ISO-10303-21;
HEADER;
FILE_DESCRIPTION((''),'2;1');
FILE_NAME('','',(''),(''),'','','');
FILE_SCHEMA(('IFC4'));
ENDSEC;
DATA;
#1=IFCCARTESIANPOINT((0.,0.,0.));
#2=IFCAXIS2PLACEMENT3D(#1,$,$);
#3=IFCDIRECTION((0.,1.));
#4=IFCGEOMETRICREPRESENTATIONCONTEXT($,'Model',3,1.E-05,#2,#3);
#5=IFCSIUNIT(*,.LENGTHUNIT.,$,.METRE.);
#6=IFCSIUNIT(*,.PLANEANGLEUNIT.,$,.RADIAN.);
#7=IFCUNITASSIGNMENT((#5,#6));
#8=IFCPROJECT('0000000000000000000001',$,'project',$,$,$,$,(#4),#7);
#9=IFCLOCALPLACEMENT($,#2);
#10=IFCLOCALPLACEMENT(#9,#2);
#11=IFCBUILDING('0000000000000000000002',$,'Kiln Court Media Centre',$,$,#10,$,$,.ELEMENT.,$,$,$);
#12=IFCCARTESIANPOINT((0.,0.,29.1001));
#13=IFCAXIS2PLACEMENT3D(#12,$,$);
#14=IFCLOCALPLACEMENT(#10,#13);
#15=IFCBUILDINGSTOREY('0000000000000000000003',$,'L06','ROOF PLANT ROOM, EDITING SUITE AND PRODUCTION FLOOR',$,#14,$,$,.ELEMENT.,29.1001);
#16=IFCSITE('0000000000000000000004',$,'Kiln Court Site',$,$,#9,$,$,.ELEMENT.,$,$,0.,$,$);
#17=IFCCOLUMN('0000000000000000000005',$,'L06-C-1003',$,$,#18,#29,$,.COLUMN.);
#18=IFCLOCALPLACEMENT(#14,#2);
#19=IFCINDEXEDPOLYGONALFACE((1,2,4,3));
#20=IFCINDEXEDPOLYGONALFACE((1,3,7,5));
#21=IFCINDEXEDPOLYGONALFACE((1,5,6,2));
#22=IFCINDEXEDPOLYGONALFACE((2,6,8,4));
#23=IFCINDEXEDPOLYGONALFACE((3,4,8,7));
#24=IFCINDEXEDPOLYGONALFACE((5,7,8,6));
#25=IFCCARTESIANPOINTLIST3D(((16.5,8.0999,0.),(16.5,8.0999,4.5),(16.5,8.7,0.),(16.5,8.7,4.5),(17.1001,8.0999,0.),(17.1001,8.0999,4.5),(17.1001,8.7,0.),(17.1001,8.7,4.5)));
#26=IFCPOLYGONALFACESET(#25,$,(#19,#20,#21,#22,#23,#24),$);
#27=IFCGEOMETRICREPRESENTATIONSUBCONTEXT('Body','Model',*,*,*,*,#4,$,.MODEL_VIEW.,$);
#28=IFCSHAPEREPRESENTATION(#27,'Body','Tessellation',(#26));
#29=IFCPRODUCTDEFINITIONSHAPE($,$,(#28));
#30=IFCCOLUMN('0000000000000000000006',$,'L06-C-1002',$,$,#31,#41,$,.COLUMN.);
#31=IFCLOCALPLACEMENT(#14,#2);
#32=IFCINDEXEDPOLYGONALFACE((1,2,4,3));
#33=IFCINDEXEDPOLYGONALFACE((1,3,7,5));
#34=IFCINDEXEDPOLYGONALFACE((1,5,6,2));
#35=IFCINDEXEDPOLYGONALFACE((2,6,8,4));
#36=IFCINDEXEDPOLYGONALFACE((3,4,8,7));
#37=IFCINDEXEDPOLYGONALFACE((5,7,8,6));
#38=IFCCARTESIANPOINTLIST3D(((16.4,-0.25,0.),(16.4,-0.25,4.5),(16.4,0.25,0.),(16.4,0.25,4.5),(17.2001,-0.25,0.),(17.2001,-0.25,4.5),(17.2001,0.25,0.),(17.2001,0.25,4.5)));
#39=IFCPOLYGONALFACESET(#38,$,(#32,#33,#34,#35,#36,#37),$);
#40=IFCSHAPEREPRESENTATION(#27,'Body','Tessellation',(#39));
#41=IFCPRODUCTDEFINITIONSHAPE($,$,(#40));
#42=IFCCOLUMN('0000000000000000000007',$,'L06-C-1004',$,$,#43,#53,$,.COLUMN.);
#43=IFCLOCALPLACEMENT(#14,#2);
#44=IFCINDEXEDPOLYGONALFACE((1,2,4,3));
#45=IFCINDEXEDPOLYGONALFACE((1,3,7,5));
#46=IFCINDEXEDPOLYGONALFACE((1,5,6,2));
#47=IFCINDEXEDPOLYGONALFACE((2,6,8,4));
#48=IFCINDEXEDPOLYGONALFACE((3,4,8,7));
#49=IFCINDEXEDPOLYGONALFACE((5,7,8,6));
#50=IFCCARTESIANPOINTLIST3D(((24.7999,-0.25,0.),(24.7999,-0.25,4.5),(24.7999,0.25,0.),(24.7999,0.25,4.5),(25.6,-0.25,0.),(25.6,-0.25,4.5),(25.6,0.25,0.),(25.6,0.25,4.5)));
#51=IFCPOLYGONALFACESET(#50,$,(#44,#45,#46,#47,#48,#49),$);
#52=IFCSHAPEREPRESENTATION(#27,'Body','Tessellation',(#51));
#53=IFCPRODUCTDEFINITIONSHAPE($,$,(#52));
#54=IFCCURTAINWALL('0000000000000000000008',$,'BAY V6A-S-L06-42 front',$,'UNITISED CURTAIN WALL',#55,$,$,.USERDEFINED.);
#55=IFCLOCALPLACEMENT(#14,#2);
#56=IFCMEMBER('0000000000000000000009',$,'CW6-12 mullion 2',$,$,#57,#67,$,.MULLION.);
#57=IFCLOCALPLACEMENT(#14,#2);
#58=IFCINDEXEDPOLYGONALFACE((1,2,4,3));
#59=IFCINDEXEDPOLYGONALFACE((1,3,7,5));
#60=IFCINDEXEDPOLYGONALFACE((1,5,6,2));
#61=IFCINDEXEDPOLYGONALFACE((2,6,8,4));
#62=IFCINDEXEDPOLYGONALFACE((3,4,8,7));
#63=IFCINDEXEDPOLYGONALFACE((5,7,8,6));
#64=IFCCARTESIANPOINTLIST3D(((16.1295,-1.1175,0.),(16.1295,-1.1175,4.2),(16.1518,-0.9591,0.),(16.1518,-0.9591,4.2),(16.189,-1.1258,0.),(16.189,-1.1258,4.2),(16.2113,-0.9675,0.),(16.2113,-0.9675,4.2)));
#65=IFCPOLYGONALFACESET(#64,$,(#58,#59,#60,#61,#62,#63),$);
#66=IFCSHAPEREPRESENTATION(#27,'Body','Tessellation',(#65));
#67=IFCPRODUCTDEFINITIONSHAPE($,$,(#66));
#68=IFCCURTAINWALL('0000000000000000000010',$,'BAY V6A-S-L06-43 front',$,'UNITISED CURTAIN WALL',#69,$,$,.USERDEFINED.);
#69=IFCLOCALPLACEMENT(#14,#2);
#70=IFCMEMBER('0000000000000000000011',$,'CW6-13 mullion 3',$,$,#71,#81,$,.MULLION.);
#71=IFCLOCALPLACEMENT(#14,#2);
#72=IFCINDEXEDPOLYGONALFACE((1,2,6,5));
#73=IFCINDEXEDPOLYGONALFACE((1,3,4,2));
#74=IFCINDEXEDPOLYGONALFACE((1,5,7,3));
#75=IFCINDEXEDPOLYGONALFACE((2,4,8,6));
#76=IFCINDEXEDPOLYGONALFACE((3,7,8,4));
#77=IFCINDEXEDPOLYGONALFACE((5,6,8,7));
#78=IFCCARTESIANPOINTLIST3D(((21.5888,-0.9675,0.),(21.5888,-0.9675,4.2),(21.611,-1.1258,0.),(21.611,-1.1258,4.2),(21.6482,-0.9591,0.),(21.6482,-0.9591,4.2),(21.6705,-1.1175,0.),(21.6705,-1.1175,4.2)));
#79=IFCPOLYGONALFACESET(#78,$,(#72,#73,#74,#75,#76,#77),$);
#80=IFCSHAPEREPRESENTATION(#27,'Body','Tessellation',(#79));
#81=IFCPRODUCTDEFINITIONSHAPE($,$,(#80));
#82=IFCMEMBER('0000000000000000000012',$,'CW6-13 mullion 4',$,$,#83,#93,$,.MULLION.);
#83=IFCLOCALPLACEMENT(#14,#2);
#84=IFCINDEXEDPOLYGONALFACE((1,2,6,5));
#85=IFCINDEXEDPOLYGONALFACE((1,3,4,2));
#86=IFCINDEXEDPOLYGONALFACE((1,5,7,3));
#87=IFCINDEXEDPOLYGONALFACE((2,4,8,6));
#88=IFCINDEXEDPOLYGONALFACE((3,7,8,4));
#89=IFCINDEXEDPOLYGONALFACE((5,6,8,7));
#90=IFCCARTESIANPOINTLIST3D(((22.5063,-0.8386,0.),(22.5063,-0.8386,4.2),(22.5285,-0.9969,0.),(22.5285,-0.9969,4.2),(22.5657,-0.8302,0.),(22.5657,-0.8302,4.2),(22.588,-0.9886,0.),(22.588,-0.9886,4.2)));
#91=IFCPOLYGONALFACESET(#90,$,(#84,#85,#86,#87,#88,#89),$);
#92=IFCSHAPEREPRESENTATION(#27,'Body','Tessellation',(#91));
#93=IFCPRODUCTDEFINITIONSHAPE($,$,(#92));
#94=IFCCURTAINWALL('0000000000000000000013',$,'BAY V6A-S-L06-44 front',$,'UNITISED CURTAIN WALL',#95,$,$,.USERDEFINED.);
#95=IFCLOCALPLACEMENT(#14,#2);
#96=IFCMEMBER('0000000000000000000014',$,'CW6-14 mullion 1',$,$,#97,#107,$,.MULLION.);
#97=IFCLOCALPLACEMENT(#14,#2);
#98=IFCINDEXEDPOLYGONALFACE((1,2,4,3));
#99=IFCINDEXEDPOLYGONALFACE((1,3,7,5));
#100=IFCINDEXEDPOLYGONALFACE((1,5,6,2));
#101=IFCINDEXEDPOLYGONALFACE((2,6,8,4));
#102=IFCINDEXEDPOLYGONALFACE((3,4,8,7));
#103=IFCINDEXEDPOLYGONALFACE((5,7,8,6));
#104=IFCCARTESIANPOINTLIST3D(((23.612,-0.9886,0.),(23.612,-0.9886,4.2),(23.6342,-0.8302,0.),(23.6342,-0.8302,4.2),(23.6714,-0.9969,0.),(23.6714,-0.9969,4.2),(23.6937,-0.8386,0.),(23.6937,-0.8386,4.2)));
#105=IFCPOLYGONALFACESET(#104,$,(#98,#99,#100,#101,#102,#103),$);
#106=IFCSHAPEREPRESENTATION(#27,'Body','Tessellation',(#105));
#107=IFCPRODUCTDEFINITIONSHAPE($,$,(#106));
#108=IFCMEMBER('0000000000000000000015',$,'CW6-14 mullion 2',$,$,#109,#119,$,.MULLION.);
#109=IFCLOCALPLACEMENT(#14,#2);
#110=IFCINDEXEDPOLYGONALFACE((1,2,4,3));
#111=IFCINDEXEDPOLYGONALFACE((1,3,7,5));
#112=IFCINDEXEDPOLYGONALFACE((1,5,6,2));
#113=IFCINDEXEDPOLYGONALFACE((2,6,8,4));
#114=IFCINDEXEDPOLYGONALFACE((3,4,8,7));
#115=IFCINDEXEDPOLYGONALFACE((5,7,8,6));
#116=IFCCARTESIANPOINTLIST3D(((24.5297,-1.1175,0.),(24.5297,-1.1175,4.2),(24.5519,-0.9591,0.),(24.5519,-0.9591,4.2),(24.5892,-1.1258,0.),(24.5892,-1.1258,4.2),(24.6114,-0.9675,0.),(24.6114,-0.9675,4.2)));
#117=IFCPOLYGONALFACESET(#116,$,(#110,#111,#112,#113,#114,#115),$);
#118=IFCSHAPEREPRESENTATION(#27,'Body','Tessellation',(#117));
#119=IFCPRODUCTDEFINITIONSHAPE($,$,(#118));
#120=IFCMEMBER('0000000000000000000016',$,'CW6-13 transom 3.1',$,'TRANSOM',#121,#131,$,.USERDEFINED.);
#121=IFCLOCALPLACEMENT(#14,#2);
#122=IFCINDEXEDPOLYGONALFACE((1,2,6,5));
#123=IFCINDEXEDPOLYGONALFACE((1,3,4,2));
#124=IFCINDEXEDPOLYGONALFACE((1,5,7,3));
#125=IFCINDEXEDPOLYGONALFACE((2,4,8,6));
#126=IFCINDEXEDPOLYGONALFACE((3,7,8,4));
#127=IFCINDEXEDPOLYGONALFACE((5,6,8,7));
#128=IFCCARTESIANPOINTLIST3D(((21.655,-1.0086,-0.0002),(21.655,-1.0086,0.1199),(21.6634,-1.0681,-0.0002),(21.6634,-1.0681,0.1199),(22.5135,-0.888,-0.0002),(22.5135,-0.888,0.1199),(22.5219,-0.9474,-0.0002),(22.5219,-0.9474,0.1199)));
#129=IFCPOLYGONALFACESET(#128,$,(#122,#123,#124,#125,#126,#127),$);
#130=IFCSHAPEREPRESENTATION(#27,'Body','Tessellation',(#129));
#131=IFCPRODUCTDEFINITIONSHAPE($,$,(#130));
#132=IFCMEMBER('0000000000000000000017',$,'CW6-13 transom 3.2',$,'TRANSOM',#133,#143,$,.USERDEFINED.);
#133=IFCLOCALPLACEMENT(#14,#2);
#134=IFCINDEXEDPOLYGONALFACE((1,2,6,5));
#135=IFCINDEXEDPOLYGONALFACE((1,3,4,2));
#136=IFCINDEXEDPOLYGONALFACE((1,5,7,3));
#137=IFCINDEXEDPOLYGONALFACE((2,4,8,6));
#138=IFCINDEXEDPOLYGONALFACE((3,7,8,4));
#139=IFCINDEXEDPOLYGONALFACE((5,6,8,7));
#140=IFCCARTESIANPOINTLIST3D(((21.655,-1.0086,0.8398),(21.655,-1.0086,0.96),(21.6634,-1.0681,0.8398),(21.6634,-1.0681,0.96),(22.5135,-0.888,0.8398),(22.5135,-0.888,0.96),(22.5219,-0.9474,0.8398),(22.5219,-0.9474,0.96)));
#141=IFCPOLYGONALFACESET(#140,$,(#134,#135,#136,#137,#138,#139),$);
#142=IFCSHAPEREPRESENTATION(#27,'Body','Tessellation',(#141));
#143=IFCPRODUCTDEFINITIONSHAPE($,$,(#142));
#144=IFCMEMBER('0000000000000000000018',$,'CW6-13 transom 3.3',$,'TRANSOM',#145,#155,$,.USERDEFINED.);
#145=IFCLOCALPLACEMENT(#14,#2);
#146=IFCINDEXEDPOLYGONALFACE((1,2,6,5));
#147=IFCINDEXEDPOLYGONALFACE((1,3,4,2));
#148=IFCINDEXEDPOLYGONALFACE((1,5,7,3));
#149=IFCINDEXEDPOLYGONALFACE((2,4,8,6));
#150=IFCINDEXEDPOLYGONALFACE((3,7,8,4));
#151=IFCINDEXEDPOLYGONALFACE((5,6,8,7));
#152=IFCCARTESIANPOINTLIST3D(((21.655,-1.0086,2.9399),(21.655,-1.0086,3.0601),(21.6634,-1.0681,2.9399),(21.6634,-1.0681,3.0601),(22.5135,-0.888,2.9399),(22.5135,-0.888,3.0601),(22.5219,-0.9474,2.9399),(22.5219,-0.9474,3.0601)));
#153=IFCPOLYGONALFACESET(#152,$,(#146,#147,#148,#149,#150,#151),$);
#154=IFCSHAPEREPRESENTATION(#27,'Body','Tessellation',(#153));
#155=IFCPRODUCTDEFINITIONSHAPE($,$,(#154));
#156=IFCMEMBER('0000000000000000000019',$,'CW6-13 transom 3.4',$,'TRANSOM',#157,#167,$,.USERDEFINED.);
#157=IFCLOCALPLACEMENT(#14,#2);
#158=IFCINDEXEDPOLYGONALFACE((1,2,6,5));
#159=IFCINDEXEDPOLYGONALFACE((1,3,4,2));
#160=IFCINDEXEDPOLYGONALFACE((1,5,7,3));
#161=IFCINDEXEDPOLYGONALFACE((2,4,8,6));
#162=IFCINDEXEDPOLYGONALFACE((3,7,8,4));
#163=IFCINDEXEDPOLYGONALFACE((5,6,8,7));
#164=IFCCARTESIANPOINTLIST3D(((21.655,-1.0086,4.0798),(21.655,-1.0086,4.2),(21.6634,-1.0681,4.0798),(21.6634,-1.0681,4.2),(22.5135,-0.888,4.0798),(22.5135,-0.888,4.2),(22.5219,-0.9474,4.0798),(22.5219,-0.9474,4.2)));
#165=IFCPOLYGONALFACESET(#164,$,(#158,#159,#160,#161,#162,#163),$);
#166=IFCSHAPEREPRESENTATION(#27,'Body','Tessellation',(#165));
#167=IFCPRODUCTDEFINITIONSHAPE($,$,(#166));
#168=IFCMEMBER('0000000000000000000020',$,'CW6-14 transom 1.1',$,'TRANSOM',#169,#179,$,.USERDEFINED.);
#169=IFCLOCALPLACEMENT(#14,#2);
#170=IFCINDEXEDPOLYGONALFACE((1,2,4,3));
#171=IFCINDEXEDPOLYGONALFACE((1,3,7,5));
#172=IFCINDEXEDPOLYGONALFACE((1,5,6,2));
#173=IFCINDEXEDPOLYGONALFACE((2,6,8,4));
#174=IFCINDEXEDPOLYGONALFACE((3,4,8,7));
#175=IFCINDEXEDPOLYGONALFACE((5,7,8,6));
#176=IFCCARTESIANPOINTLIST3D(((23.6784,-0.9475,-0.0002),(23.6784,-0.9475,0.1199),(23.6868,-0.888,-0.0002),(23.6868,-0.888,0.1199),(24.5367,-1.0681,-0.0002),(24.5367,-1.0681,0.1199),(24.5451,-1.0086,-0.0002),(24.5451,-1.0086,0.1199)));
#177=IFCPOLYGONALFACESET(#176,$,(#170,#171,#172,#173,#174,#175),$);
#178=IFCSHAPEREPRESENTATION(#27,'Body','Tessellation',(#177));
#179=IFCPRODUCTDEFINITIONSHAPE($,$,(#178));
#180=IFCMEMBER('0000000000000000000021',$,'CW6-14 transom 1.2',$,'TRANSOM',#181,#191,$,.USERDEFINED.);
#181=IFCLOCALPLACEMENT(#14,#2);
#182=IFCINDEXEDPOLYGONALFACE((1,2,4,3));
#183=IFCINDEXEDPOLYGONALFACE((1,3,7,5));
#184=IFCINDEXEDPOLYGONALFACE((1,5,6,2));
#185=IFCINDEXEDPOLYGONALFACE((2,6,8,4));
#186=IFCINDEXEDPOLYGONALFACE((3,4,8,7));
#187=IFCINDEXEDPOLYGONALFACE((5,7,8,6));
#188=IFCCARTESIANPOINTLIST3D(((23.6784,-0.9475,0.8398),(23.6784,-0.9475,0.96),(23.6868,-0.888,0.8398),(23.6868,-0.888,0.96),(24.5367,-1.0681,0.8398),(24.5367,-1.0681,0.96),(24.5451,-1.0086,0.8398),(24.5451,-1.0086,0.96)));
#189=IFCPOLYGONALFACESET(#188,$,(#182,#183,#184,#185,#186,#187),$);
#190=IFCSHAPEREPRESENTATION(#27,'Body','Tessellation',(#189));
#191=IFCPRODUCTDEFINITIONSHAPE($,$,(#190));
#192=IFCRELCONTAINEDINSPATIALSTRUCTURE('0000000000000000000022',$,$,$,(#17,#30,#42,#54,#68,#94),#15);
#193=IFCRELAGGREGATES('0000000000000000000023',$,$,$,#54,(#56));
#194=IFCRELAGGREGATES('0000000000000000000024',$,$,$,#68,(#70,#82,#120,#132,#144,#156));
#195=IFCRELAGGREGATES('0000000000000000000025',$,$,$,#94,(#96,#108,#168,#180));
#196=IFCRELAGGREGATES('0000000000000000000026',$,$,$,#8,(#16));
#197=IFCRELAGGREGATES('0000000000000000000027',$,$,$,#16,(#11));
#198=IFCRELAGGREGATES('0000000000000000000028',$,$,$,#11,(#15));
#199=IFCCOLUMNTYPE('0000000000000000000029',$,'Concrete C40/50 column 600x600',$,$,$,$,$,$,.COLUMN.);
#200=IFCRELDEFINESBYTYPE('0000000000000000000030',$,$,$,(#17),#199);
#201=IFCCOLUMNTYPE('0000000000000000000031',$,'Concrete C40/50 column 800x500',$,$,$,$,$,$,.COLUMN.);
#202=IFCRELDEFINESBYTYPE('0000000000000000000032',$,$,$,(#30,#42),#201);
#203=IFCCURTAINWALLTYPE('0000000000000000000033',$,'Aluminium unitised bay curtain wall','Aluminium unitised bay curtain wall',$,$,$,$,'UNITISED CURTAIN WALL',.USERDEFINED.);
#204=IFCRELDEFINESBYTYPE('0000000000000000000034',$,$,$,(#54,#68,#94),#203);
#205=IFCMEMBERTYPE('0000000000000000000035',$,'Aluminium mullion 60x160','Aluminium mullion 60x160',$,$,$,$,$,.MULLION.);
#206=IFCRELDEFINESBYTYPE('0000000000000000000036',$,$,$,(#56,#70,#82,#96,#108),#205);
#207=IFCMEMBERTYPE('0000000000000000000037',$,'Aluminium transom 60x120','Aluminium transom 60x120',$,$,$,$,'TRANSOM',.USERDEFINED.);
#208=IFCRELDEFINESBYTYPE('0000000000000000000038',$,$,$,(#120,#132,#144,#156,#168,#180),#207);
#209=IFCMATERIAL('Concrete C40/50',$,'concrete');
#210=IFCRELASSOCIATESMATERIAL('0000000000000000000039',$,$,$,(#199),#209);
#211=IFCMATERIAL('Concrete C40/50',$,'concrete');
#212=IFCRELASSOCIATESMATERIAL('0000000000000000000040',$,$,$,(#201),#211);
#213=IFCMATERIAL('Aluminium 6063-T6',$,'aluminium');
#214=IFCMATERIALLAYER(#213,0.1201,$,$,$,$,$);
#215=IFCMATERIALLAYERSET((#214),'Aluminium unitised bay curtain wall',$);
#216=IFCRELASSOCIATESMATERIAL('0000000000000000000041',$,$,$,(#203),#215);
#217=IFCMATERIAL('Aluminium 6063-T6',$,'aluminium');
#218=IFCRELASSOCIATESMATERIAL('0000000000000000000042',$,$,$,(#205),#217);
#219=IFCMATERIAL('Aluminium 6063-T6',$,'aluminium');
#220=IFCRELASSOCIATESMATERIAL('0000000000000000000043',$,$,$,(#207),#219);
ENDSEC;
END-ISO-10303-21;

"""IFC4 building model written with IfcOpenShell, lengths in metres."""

from ifc_helpers import new_model, si_unit, direction, frame, origin, origin_2d, place, context, subcontext, project, spatial, rectangle, extrude, material, layer, layer_set, material_profile, profile_set, type_object, element, aggregate, save


model = new_model("IFC4")

# Units and contexts
model_context = context("Model", 3, precision=1e-05, world=origin(), true_north=direction((0.0, 1.0)))
body_context = subcontext(model_context, "Body", "Model", "MODEL_VIEW")
ifc_project = project(units=[si_unit("LENGTHUNIT", "METRE"), si_unit("PLANEANGLEUNIT", "RADIAN")], contexts=[model_context])

# Site, building, storey
site_placement = place(None, origin())
site = spatial("IfcSite", under=ifc_project, at=site_placement, Name="Kiln Court Site", CompositionType="ELEMENT", RefElevation=0.0)
building_placement = place(site_placement, origin())
building = spatial("IfcBuilding", under=site, at=building_placement, Name="Kiln Court Media Centre", CompositionType="ELEMENT")
storey_placement = place(building_placement, frame((0.0, 0.0, 29.1001)))
storey = spatial("IfcBuildingStorey", under=building, at=storey_placement, Name="L06", Description="ROOF PLANT ROOM, EDITING SUITE AND PRODUCTION FLOOR", CompositionType="ELEMENT", Elevation=29.1001)

# Columns
ifc_material_1 = material(Name="Concrete C40/50", Category="concrete")
ifc_material_profile_1 = material_profile(ifc_material_1, rectangle(XDim=0.6001, YDim=0.6001, at=origin_2d()), Name="RC 600x600")
ifc_profile_set_1 = profile_set([ifc_material_profile_1], Name="Concrete C40/50")
column_type_1 = type_object("IfcColumnType", Name="Concrete C40/50 column 600x600", PredefinedType="COLUMN", material=ifc_profile_set_1)
column_placement = place(storey_placement, frame((16.8, 8.3999, 0.0), z_axis=(0.0, 0.0, 1.0), x_axis=(1.0, 0.0, 0.0)))
element("IfcColumn", 1, at=column_placement, inside=storey, type_object=column_type_1, Name="L06-C-1003", PredefinedType="COLUMN", context=body_context, shape_type="SweptSolid", body=[
    extrude(rectangle(XDim=0.6001, YDim=0.6001, at=origin_2d()), origin(), (0.0, 0.0, 1.0), 4.5),
])
ifc_material_2 = material(Name="Concrete C40/50", Category="concrete")
ifc_material_profile_2 = material_profile(ifc_material_2, rectangle(XDim=0.8, YDim=0.5, at=origin_2d()), Name="RC 800x500")
ifc_profile_set_2 = profile_set([ifc_material_profile_2], Name="Concrete C40/50")
column_type_2 = type_object("IfcColumnType", Name="Concrete C40/50 column 800x500", PredefinedType="COLUMN", material=ifc_profile_set_2)
for number, where, z_axis, x_axis, name in (
    (2, (16.8, 0.0, 0.0), (0.0, 0.0, 1.0), (1.0, 0.0, 0.0), "L06-C-1002"),
    (3, (25.2, 0.0, 0.0), (0.0, 0.0, 1.0), (1.0, 0.0, 0.0), "L06-C-1004"),
):
    element("IfcColumn", number, at=place(storey_placement, frame(where, z_axis=z_axis, x_axis=x_axis)), inside=storey, type_object=column_type_2, Name=name, PredefinedType="COLUMN", context=body_context, shape_type="SweptSolid", body=[
        extrude(rectangle(XDim=0.8, YDim=0.5, at=origin_2d()), origin(), (0.0, 0.0, 1.0), 4.5),
    ])

# Curtain wall, member
ifc_material_3 = material(Name="Aluminium 6063-T6", Category="aluminium")
ifc_layer_1 = layer(ifc_material_3, 0.1201)
ifc_layer_set_1 = layer_set([ifc_layer_1], Name="Aluminium unitised bay curtain wall")
curtain_wall_type = type_object("IfcCurtainWallType", Name="Aluminium unitised bay curtain wall", Description="Aluminium unitised bay curtain wall", ElementType="UNITISED CURTAIN WALL", PredefinedType="USERDEFINED", material=ifc_layer_set_1)
curtain_wall_1_placement = place(storey_placement, origin())
curtain_wall_1 = element("IfcCurtainWall", 4, at=curtain_wall_1_placement, inside=storey, type_object=curtain_wall_type, Name="BAY V6A-S-L06-42 front", ObjectType="UNITISED CURTAIN WALL", PredefinedType="USERDEFINED")
ifc_material_4 = material(Name="Aluminium 6063-T6", Category="aluminium")
ifc_material_profile_3 = material_profile(ifc_material_4, rectangle(XDim=0.0601, YDim=0.1599, at=origin_2d()), Name="Aluminium mullion 60x160")
ifc_profile_set_3 = profile_set([ifc_material_profile_3], Name="Aluminium 6063-T6")
member_type_1 = type_object("IfcMemberType", Name="Aluminium mullion 60x160", Description="Aluminium mullion 60x160", PredefinedType="MULLION", material=ifc_profile_set_3)
member_1_placement = place(storey_placement, frame((16.1704, -1.0425, 0.0), z_axis=(0.0, 0.0, 1.0), x_axis=(0.99027, -0.139162, 0.0)))
member_1 = element("IfcMember", 5, at=member_1_placement, type_object=member_type_1, Name="CW6-12 mullion 2", PredefinedType="MULLION", context=body_context, shape_type="SweptSolid", body=[
    extrude(rectangle(XDim=0.0601, YDim=0.1599, at=origin_2d()), origin(), (0.0, 0.0, 1.0), 4.2),
])
aggregate(curtain_wall_1, [member_1])

# Curtain walls, members
curtain_wall_2_placement = place(storey_placement, origin())
curtain_wall_2 = element("IfcCurtainWall", 6, at=curtain_wall_2_placement, inside=storey, type_object=curtain_wall_type, Name="BAY V6A-S-L06-43 front", ObjectType="UNITISED CURTAIN WALL", PredefinedType="USERDEFINED")
member_2_placement = place(storey_placement, frame((21.6296, -1.0425, 0.0), z_axis=(0.0, 0.0, 1.0), x_axis=(0.99027, 0.139162, 0.0)))
member_2 = element("IfcMember", 7, at=member_2_placement, type_object=member_type_1, Name="CW6-13 mullion 3", PredefinedType="MULLION", context=body_context, shape_type="SweptSolid", body=[
    extrude(rectangle(XDim=0.0601, YDim=0.1599, at=origin_2d()), origin(), (0.0, 0.0, 1.0), 4.2),
])
member_3_placement = place(storey_placement, frame((22.5471, -0.9136, 0.0), z_axis=(0.0, 0.0, 1.0), x_axis=(0.99027, 0.139162, 0.0)))
member_3 = element("IfcMember", 8, at=member_3_placement, type_object=member_type_1, Name="CW6-13 mullion 4", PredefinedType="MULLION", context=body_context, shape_type="SweptSolid", body=[
    extrude(rectangle(XDim=0.0601, YDim=0.1599, at=origin_2d()), origin(), (0.0, 0.0, 1.0), 4.2),
])
curtain_wall_3_placement = place(storey_placement, origin())
curtain_wall_3 = element("IfcCurtainWall", 9, at=curtain_wall_3_placement, inside=storey, type_object=curtain_wall_type, Name="BAY V6A-S-L06-44 front", ObjectType="UNITISED CURTAIN WALL", PredefinedType="USERDEFINED")
member_4_placement = place(storey_placement, frame((23.6528, -0.9136, 0.0), z_axis=(0.0, 0.0, 1.0), x_axis=(0.99027, -0.139162, 0.0)))
member_4 = element("IfcMember", 10, at=member_4_placement, type_object=member_type_1, Name="CW6-14 mullion 1", PredefinedType="MULLION", context=body_context, shape_type="SweptSolid", body=[
    extrude(rectangle(XDim=0.0601, YDim=0.1599, at=origin_2d()), origin(), (0.0, 0.0, 1.0), 4.2),
])
member_5_placement = place(storey_placement, frame((24.5706, -1.0425, 0.0), z_axis=(0.0, 0.0, 1.0), x_axis=(0.99027, -0.139162, 0.0)))
member_5 = element("IfcMember", 11, at=member_5_placement, type_object=member_type_1, Name="CW6-14 mullion 2", PredefinedType="MULLION", context=body_context, shape_type="SweptSolid", body=[
    extrude(rectangle(XDim=0.0601, YDim=0.1599, at=origin_2d()), origin(), (0.0, 0.0, 1.0), 4.2),
])

# Members
ifc_material_5 = material(Name="Aluminium 6063-T6", Category="aluminium")
ifc_material_profile_4 = material_profile(ifc_material_5, rectangle(XDim=0.0601, YDim=0.1201, at=origin_2d()), Name="Aluminium transom 60x120")
ifc_profile_set_4 = profile_set([ifc_material_profile_4], Name="Aluminium 6063-T6")
member_type_2 = type_object("IfcMemberType", Name="Aluminium transom 60x120", Description="Aluminium transom 60x120", ElementType="TRANSOM", PredefinedType="USERDEFINED", material=ifc_profile_set_4)
member_6_placement = place(storey_placement, frame((21.6592, -1.0383, 0.0598), z_axis=(0.990274, 0.139134, 0.0), x_axis=(-0.139134, 0.990274, 0.0)))
member_6 = element("IfcMember", 12, at=member_6_placement, type_object=member_type_2, Name="CW6-13 transom 3.1", ObjectType="TRANSOM", PredefinedType="USERDEFINED", context=body_context, shape_type="SweptSolid", body=[
    extrude(rectangle(XDim=0.0601, YDim=0.1201, at=origin_2d()), origin(), (0.0, 0.0, 1.0), 0.8669),
])
member_7_placement = place(storey_placement, frame((21.6592, -1.0383, 0.8999), z_axis=(0.990274, 0.139134, 0.0), x_axis=(-0.139134, 0.990274, 0.0)))
member_7 = element("IfcMember", 13, at=member_7_placement, type_object=member_type_2, Name="CW6-13 transom 3.2", ObjectType="TRANSOM", PredefinedType="USERDEFINED", context=body_context, shape_type="SweptSolid", body=[
    extrude(rectangle(XDim=0.0601, YDim=0.1201, at=origin_2d()), origin(), (0.0, 0.0, 1.0), 0.8669),
])
member_8_placement = place(storey_placement, frame((21.6592, -1.0383, 3.0), z_axis=(0.990274, 0.139134, 0.0), x_axis=(-0.139134, 0.990274, 0.0)))
member_8 = element("IfcMember", 14, at=member_8_placement, type_object=member_type_2, Name="CW6-13 transom 3.3", ObjectType="TRANSOM", PredefinedType="USERDEFINED", context=body_context, shape_type="SweptSolid", body=[
    extrude(rectangle(XDim=0.0601, YDim=0.1201, at=origin_2d()), origin(), (0.0, 0.0, 1.0), 0.8669),
])
member_9_placement = place(storey_placement, frame((21.6592, -1.0383, 4.1399), z_axis=(0.990274, 0.139134, 0.0), x_axis=(-0.139134, 0.990274, 0.0)))
member_9 = element("IfcMember", 15, at=member_9_placement, type_object=member_type_2, Name="CW6-13 transom 3.4", ObjectType="TRANSOM", PredefinedType="USERDEFINED", context=body_context, shape_type="SweptSolid", body=[
    extrude(rectangle(XDim=0.0601, YDim=0.1201, at=origin_2d()), origin(), (0.0, 0.0, 1.0), 0.8669),
])
member_10_placement = place(storey_placement, frame((23.6826, -0.9177, 0.0598), z_axis=(0.990268, -0.139173, 0.0), x_axis=(0.139173, 0.990268, 0.0)))
member_10 = element("IfcMember", 16, at=member_10_placement, type_object=member_type_2, Name="CW6-14 transom 1.1", ObjectType="TRANSOM", PredefinedType="USERDEFINED", context=body_context, shape_type="SweptSolid", body=[
    extrude(rectangle(XDim=0.0601, YDim=0.1201, at=origin_2d()), origin(), (0.0, 0.0, 1.0), 0.8667),
])
member_11_placement = place(storey_placement, frame((23.6826, -0.9177, 0.8999), z_axis=(0.990268, -0.139173, 0.0), x_axis=(0.139173, 0.990268, 0.0)))
member_11 = element("IfcMember", 17, at=member_11_placement, type_object=member_type_2, Name="CW6-14 transom 1.2", ObjectType="TRANSOM", PredefinedType="USERDEFINED", context=body_context, shape_type="SweptSolid", body=[
    extrude(rectangle(XDim=0.0601, YDim=0.1201, at=origin_2d()), origin(), (0.0, 0.0, 1.0), 0.8667),
])

aggregate(curtain_wall_2, [member_2, member_3, member_6, member_7, member_8, member_9])
aggregate(curtain_wall_3, [member_4, member_5, member_10, member_11])

save(model, "model.ifc")
